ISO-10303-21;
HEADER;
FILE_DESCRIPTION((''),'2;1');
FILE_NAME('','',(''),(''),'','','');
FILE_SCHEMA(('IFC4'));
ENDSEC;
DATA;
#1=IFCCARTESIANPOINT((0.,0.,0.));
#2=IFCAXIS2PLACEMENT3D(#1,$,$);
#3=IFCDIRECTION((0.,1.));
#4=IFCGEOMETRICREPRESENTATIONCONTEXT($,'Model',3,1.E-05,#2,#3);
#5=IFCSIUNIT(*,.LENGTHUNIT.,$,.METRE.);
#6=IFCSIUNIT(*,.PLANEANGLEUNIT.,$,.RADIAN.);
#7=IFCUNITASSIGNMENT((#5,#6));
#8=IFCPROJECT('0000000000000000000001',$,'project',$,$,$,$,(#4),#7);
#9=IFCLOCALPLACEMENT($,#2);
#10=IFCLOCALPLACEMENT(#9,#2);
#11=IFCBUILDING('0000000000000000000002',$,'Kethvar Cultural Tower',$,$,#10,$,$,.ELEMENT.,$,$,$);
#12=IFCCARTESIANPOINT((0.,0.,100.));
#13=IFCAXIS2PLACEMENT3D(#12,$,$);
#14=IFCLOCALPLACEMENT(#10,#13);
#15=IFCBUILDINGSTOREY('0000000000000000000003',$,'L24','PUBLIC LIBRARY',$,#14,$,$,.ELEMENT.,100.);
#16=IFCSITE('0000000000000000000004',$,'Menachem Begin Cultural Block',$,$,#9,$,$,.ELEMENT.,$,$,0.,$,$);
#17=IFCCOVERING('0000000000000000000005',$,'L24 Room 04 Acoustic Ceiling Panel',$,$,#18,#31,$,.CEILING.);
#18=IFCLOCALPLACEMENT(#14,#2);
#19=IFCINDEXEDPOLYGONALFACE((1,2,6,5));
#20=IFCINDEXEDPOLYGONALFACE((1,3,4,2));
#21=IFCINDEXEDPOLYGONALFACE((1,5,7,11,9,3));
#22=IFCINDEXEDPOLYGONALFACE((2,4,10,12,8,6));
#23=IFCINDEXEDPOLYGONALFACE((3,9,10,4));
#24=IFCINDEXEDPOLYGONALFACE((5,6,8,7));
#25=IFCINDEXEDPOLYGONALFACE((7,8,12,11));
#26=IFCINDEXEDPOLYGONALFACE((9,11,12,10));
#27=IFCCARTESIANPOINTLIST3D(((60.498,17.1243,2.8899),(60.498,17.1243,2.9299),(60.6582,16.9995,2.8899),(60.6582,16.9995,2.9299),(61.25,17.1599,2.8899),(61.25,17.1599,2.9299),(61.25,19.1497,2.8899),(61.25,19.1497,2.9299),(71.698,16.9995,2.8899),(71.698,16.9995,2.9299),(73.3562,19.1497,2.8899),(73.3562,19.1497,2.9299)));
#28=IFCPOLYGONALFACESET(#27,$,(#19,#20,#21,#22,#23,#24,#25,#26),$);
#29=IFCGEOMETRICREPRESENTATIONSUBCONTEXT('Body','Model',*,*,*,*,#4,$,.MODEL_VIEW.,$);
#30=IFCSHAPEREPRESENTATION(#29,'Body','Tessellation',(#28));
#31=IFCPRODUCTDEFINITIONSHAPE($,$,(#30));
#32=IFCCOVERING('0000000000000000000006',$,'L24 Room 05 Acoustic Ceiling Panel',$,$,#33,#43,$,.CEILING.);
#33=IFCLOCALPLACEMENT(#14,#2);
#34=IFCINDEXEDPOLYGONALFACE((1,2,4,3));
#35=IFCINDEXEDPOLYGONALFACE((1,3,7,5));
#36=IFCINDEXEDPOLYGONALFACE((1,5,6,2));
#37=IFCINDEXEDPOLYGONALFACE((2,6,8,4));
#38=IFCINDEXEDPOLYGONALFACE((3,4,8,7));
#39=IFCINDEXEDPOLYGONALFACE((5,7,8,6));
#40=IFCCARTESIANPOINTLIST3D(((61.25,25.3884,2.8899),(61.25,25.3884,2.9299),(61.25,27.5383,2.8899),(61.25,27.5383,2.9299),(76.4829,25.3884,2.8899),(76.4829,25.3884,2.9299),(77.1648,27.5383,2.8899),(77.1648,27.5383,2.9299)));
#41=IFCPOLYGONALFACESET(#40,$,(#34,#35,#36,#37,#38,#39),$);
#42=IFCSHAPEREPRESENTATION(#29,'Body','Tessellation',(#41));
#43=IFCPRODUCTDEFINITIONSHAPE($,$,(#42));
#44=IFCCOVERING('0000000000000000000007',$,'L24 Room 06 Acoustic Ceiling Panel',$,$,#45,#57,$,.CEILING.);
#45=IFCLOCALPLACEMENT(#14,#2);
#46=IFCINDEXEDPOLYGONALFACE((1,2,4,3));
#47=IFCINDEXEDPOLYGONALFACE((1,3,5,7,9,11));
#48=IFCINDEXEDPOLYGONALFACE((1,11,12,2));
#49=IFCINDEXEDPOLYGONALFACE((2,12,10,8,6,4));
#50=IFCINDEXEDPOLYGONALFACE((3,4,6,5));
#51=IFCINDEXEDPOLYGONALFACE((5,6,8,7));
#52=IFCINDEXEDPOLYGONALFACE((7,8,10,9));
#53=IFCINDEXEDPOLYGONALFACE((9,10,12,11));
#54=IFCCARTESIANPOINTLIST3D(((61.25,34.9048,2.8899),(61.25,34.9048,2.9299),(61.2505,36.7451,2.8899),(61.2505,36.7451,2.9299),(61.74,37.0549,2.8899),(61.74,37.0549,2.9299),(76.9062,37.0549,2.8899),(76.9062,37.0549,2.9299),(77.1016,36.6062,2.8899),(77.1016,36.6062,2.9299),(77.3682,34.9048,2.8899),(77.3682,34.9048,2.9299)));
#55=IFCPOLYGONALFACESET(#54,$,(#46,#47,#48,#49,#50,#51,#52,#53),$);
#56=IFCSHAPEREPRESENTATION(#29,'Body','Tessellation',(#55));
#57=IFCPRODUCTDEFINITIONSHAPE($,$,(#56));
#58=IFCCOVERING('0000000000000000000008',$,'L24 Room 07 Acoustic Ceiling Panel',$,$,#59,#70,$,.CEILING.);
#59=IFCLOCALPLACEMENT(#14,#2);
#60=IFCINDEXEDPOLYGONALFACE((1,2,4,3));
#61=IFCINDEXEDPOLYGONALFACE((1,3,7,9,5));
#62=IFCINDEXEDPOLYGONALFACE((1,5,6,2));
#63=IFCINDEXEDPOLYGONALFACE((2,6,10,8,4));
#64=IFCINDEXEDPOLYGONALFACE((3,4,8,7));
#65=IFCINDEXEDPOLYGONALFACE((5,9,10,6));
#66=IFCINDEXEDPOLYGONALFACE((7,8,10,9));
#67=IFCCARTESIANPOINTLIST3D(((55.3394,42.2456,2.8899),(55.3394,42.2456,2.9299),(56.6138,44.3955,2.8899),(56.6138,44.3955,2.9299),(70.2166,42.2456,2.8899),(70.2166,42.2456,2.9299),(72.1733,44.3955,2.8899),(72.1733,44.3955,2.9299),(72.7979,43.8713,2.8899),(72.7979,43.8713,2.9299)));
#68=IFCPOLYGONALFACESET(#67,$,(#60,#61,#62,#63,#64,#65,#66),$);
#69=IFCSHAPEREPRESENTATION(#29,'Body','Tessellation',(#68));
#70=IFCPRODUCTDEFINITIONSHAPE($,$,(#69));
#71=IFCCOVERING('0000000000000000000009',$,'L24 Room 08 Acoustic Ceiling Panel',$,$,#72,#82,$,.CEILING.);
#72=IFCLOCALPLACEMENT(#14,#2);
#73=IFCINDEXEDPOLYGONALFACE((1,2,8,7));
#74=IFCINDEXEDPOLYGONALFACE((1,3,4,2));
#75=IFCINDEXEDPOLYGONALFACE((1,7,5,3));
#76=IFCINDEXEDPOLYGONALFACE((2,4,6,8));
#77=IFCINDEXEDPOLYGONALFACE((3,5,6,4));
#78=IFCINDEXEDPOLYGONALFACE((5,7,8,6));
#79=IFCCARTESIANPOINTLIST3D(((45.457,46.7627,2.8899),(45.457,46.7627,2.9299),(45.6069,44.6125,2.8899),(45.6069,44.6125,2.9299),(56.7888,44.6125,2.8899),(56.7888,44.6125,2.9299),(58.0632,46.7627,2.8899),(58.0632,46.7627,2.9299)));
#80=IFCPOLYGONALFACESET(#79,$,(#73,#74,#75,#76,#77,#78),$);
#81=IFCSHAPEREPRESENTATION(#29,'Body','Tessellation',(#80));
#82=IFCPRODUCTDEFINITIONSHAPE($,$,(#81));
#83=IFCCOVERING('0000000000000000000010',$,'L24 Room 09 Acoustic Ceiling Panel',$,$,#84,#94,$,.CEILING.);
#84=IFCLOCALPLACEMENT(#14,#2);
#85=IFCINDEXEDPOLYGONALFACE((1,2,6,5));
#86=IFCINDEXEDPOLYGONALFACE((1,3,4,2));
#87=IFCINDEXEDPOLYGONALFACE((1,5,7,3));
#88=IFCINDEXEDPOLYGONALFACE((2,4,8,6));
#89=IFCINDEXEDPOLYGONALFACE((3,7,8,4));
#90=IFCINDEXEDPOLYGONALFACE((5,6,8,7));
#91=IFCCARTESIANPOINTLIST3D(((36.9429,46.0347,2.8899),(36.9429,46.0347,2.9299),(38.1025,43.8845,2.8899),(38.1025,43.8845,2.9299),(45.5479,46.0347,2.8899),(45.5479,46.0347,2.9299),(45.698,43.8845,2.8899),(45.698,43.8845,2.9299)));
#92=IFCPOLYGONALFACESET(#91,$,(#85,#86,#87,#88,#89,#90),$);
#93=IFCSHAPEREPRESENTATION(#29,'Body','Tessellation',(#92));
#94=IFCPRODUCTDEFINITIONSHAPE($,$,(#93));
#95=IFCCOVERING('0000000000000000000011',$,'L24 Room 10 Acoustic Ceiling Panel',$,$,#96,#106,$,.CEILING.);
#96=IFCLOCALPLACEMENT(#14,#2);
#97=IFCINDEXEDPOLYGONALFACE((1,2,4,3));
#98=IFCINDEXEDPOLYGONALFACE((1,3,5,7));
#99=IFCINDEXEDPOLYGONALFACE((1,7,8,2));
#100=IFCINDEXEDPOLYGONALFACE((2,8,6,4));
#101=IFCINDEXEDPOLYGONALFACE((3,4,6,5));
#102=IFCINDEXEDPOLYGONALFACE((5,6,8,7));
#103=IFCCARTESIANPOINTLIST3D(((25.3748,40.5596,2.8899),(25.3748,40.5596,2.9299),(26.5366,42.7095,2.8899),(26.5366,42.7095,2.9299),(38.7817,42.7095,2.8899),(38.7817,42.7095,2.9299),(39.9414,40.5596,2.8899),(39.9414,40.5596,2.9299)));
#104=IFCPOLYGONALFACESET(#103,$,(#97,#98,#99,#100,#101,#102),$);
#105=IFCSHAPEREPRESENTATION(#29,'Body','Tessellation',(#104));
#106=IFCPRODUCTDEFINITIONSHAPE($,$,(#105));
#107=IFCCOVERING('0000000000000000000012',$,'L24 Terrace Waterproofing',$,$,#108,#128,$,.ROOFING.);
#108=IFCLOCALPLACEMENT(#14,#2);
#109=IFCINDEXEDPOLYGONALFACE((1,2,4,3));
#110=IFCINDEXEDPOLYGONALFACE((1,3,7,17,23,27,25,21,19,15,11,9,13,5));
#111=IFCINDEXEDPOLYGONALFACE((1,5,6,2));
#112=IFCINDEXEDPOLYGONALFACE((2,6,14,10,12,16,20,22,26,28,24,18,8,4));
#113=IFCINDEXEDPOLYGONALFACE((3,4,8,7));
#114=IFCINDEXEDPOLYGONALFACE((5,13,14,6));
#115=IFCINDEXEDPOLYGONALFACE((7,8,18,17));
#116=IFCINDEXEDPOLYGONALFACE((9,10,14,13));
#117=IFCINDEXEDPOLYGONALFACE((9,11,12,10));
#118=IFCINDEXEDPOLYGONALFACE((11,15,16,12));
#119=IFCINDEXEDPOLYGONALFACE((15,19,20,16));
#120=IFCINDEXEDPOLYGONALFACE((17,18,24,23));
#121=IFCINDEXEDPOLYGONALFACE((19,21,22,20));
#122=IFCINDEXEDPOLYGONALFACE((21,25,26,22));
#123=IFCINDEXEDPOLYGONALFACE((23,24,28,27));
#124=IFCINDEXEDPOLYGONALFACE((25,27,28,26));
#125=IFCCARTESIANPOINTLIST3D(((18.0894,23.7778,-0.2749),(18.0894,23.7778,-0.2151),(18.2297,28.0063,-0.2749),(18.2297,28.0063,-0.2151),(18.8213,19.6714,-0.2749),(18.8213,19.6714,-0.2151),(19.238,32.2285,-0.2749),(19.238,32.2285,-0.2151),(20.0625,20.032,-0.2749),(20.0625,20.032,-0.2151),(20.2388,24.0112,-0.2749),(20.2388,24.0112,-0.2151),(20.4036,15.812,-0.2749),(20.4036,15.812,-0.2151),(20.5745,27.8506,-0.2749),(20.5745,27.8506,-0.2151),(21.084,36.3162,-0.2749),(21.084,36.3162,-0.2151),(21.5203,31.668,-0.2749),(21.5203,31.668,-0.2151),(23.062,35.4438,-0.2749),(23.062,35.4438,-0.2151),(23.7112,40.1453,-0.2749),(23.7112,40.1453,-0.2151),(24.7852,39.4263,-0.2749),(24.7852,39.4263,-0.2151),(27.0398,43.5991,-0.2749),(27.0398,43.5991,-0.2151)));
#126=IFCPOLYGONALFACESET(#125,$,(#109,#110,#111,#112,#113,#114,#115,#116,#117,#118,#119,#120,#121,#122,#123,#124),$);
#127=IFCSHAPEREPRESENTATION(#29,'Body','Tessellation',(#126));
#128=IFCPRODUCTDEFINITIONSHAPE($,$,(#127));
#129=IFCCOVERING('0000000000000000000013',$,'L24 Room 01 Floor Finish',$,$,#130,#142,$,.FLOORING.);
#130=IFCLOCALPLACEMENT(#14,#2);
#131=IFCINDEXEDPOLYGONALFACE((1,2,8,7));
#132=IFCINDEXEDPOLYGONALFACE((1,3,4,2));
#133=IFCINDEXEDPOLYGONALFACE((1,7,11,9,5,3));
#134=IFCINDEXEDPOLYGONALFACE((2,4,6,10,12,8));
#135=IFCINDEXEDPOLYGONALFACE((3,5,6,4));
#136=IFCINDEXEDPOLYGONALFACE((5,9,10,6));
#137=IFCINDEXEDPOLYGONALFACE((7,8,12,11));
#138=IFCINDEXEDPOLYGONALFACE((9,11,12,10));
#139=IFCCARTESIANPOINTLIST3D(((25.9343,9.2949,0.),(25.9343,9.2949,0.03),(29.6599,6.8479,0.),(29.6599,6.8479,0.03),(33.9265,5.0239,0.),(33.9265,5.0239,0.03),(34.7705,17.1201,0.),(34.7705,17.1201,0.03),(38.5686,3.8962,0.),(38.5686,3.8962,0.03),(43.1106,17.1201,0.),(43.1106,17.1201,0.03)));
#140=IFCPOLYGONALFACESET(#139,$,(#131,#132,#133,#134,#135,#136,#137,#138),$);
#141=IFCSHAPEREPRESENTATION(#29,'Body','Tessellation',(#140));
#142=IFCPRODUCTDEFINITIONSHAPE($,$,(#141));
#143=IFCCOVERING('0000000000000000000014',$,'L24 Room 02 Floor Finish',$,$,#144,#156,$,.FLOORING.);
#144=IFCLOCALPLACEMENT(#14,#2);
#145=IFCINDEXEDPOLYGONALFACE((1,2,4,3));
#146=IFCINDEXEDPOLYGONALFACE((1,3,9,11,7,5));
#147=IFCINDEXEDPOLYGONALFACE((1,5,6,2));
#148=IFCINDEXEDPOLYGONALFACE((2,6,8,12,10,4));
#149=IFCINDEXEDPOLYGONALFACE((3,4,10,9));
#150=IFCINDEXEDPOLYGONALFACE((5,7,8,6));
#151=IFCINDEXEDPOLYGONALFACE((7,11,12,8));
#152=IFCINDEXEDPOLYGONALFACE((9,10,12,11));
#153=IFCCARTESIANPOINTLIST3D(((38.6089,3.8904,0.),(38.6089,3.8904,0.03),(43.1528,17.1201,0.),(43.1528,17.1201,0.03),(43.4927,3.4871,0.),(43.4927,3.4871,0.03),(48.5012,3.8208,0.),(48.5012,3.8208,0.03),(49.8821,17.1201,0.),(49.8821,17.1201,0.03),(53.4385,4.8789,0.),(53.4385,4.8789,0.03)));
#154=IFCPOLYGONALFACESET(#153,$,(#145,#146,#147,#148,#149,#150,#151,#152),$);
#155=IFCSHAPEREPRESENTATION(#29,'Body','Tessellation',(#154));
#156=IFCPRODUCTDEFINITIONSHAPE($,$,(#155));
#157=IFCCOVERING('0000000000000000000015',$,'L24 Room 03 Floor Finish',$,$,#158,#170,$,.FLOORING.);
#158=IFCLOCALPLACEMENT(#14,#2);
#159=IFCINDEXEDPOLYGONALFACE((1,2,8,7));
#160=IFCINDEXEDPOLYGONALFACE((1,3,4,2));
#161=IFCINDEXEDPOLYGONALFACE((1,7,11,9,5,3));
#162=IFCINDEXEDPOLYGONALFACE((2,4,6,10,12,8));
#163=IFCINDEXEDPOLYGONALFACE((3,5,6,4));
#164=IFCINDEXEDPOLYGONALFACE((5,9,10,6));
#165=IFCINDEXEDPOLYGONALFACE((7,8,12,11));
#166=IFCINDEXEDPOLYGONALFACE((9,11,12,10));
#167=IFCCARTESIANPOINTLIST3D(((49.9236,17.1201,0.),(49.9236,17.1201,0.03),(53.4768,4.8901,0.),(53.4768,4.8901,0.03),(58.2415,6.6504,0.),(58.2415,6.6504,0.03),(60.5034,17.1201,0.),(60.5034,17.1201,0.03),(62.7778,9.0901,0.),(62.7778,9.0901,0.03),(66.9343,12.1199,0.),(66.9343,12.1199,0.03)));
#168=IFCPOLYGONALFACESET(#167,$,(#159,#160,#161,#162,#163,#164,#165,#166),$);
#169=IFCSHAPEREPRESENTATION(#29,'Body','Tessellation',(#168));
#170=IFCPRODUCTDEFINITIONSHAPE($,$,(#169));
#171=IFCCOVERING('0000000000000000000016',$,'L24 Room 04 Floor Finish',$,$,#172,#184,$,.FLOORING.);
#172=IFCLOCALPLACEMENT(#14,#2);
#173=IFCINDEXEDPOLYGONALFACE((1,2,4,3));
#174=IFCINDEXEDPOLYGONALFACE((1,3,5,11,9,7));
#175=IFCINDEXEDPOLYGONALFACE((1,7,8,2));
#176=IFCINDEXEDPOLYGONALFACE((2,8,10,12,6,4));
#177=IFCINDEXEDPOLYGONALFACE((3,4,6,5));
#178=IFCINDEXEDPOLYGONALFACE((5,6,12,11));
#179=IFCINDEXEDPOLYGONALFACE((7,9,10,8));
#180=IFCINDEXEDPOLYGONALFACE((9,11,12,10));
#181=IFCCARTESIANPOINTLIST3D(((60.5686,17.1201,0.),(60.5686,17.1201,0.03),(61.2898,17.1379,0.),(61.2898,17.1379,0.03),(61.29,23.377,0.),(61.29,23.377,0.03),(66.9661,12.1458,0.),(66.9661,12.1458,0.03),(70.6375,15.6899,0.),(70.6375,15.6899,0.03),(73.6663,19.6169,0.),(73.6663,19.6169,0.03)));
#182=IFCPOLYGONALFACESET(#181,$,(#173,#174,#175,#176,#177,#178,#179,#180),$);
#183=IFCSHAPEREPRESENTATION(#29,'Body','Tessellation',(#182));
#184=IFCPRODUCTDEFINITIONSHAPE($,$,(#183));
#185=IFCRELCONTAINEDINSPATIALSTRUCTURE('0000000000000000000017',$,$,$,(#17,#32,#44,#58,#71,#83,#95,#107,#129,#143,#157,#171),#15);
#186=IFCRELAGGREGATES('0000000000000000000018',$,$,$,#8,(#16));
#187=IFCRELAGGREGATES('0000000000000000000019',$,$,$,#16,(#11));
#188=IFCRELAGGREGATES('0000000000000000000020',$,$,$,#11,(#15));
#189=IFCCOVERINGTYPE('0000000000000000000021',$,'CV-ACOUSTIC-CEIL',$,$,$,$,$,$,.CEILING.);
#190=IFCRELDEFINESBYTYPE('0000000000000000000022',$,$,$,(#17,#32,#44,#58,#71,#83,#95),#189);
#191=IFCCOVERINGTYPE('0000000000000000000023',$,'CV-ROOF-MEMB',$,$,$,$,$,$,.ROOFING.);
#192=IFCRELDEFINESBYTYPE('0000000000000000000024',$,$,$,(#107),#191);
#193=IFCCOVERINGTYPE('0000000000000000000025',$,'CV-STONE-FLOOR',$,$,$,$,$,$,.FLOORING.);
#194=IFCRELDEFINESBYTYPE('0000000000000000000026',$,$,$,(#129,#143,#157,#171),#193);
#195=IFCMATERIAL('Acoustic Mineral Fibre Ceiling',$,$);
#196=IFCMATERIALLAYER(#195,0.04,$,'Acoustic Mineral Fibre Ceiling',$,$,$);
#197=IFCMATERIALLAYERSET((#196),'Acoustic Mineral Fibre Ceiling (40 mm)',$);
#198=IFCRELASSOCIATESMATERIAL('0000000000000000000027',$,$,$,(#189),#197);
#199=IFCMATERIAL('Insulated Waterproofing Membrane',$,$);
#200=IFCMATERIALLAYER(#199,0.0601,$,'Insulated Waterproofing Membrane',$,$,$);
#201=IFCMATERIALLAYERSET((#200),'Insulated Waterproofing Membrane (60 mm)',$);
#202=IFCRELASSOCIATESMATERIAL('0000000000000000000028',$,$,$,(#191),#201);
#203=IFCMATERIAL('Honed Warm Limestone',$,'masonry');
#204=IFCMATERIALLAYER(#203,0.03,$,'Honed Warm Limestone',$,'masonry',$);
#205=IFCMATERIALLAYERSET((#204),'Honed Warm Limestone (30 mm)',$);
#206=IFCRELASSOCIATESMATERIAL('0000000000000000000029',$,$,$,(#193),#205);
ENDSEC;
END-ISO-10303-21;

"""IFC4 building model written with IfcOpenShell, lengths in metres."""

from ifc_helpers import new_model, si_unit, direction, frame, origin, place, context, subcontext, project, spatial, polyline, outline, extrude, material, layer, layer_set, type_object, element, save


model = new_model("IFC4")

# Units and contexts
model_context = context("Model", 3, precision=1e-05, world=origin(), true_north=direction((0.0, 1.0)))
body_context = subcontext(model_context, "Body", "Model", "MODEL_VIEW")
ifc_project = project(units=[si_unit("LENGTHUNIT", "METRE"), si_unit("PLANEANGLEUNIT", "RADIAN")], contexts=[model_context])

# Site, building, storey
site_placement = place(None, origin())
site = spatial("IfcSite", under=ifc_project, at=site_placement, Name="Menachem Begin Cultural Block", CompositionType="ELEMENT", RefElevation=0.0)
building_placement = place(site_placement, origin())
building = spatial("IfcBuilding", under=site, at=building_placement, Name="Kethvar Cultural Tower", CompositionType="ELEMENT")
storey_placement = place(building_placement, frame((0.0, 0.0, 100.0)))
storey = spatial("IfcBuildingStorey", under=building, at=storey_placement, Name="L24", Description="PUBLIC LIBRARY", CompositionType="ELEMENT", Elevation=100.0)

# Coverings
ifc_material_1 = material(Name="Acoustic Mineral Fibre Ceiling")
ifc_layer_1 = layer(ifc_material_1, 0.04, Name="Acoustic Mineral Fibre Ceiling")
ifc_layer_set_1 = layer_set([ifc_layer_1], Name="Acoustic Mineral Fibre Ceiling (40 mm)")
covering_type_1 = type_object("IfcCoveringType", Name="CV-ACOUSTIC-CEIL", PredefinedType="CEILING", material=ifc_layer_set_1)
covering_1_placement = place(storey_placement, frame((0.0, 0.0, 2.8899)))
element("IfcCovering", 1, at=covering_1_placement, inside=storey, type_object=covering_type_1, Name="L24 Room 04 Acoustic Ceiling Panel", PredefinedType="CEILING", context=body_context, shape_type="SweptSolid", body=[
    extrude(outline(polyline([(60.498, 17.1243), (61.25, 17.1599), (61.25, 19.1497), (73.3562, 19.1497), (71.698, 16.9995), (60.6582, 16.9995), (60.498, 17.1243)])), origin(), (0.0, 0.0, 1.0), 0.04),
])
covering_2_placement = place(storey_placement, frame((0.0, 0.0, 2.8899)))
element("IfcCovering", 2, at=covering_2_placement, inside=storey, type_object=covering_type_1, Name="L24 Room 05 Acoustic Ceiling Panel", PredefinedType="CEILING", context=body_context, shape_type="SweptSolid", body=[
    extrude(outline(polyline([(76.4829, 25.3884), (61.25, 25.3884), (61.25, 27.5383), (77.1648, 27.5383), (76.4829, 25.3884)])), origin(), (0.0, 0.0, 1.0), 0.04),
])
covering_3_placement = place(storey_placement, frame((0.0, 0.0, 2.8899)))
element("IfcCovering", 3, at=covering_3_placement, inside=storey, type_object=covering_type_1, Name="L24 Room 06 Acoustic Ceiling Panel", PredefinedType="CEILING", context=body_context, shape_type="SweptSolid", body=[
    extrude(outline(polyline([(77.1016, 36.6062), (77.3682, 34.9048), (61.25, 34.9048), (61.2505, 36.7451), (61.74, 37.0549), (76.9062, 37.0549), (77.1016, 36.6062)])), origin(), (0.0, 0.0, 1.0), 0.04),
])
covering_4_placement = place(storey_placement, frame((0.0, 0.0, 2.8899)))
element("IfcCovering", 4, at=covering_4_placement, inside=storey, type_object=covering_type_1, Name="L24 Room 07 Acoustic Ceiling Panel", PredefinedType="CEILING", context=body_context, shape_type="SweptSolid", body=[
    extrude(outline(polyline([(72.7979, 43.8713), (70.2166, 42.2456), (55.3394, 42.2456), (56.6138, 44.3955), (72.1733, 44.3955), (72.7979, 43.8713)])), origin(), (0.0, 0.0, 1.0), 0.04),
])
covering_5_placement = place(storey_placement, frame((0.0, 0.0, 2.8899)))
element("IfcCovering", 5, at=covering_5_placement, inside=storey, type_object=covering_type_1, Name="L24 Room 08 Acoustic Ceiling Panel", PredefinedType="CEILING", context=body_context, shape_type="SweptSolid", body=[
    extrude(outline(polyline([(56.7888, 44.6125), (45.6069, 44.6125), (45.457, 46.7627), (58.0632, 46.7627), (56.7888, 44.6125)])), origin(), (0.0, 0.0, 1.0), 0.04),
])
covering_6_placement = place(storey_placement, frame((0.0, 0.0, 2.8899)))
element("IfcCovering", 6, at=covering_6_placement, inside=storey, type_object=covering_type_1, Name="L24 Room 09 Acoustic Ceiling Panel", PredefinedType="CEILING", context=body_context, shape_type="SweptSolid", body=[
    extrude(outline(polyline([(45.698, 43.8845), (38.1025, 43.8845), (36.9429, 46.0347), (45.5479, 46.0347), (45.698, 43.8845)])), origin(), (0.0, 0.0, 1.0), 0.04),
])
covering_7_placement = place(storey_placement, frame((0.0, 0.0, 2.8899)))
element("IfcCovering", 7, at=covering_7_placement, inside=storey, type_object=covering_type_1, Name="L24 Room 10 Acoustic Ceiling Panel", PredefinedType="CEILING", context=body_context, shape_type="SweptSolid", body=[
    extrude(outline(polyline([(39.9414, 40.5596), (25.3748, 40.5596), (26.5366, 42.7095), (38.7817, 42.7095), (39.9414, 40.5596)])), origin(), (0.0, 0.0, 1.0), 0.04),
])
ifc_material_2 = material(Name="Insulated Waterproofing Membrane")
ifc_layer_2 = layer(ifc_material_2, 0.0601, Name="Insulated Waterproofing Membrane")
ifc_layer_set_2 = layer_set([ifc_layer_2], Name="Insulated Waterproofing Membrane (60 mm)")
covering_type_2 = type_object("IfcCoveringType", Name="CV-ROOF-MEMB", PredefinedType="ROOFING", material=ifc_layer_set_2)
covering_8_placement = place(storey_placement, frame((0.0, 0.0, -0.2749)))
element("IfcCovering", 8, at=covering_8_placement, inside=storey, type_object=covering_type_2, Name="L24 Terrace Waterproofing", PredefinedType="ROOFING", context=body_context, shape_type="SweptSolid", body=[
    extrude(outline(polyline([(27.0398, 43.5991), (23.7112, 40.1453), (21.084, 36.3162), (19.238, 32.2285), (18.2297, 28.0063), (18.0894, 23.7778), (18.8213, 19.6714), (20.4036, 15.812), (20.0625, 20.032), (20.2388, 24.0112), (20.5745, 27.8506), (21.5203, 31.668), (23.062, 35.4438), (24.7852, 39.4263), (27.0398, 43.5991)])), origin(), (0.0, 0.0, 1.0), 0.0598),
])
ifc_material_3 = material(Name="Honed Warm Limestone", Category="masonry")
ifc_layer_3 = layer(ifc_material_3, 0.03, Name="Honed Warm Limestone", Category="masonry")
ifc_layer_set_3 = layer_set([ifc_layer_3], Name="Honed Warm Limestone (30 mm)")
covering_type_3 = type_object("IfcCoveringType", Name="CV-STONE-FLOOR", PredefinedType="FLOORING", material=ifc_layer_set_3)
covering_9_placement = place(storey_placement, origin())
element("IfcCovering", 9, at=covering_9_placement, inside=storey, type_object=covering_type_3, Name="L24 Room 01 Floor Finish", PredefinedType="FLOORING", context=body_context, shape_type="SweptSolid", body=[
    extrude(outline(polyline([(33.9265, 5.0239), (29.6599, 6.8479), (25.9343, 9.2949), (34.7705, 17.1201), (43.1106, 17.1201), (38.5686, 3.8962), (33.9265, 5.0239)])), origin(), (0.0, 0.0, 1.0), 0.03),
])
covering_10_placement = place(storey_placement, origin())
element("IfcCovering", 10, at=covering_10_placement, inside=storey, type_object=covering_type_3, Name="L24 Room 02 Floor Finish", PredefinedType="FLOORING", context=body_context, shape_type="SweptSolid", body=[
    extrude(outline(polyline([(48.5012, 3.8208), (43.4927, 3.4871), (38.6089, 3.8904), (43.1528, 17.1201), (49.8821, 17.1201), (53.4385, 4.8789), (48.5012, 3.8208)])), origin(), (0.0, 0.0, 1.0), 0.03),
])
covering_11_placement = place(storey_placement, origin())
element("IfcCovering", 11, at=covering_11_placement, inside=storey, type_object=covering_type_3, Name="L24 Room 03 Floor Finish", PredefinedType="FLOORING", context=body_context, shape_type="SweptSolid", body=[
    extrude(outline(polyline([(62.7778, 9.0901), (58.2415, 6.6504), (53.4768, 4.8901), (49.9236, 17.1201), (60.5034, 17.1201), (66.9343, 12.1199), (62.7778, 9.0901)])), origin(), (0.0, 0.0, 1.0), 0.03),
])
covering_12_placement = place(storey_placement, origin())
element("IfcCovering", 12, at=covering_12_placement, inside=storey, type_object=covering_type_3, Name="L24 Room 04 Floor Finish", PredefinedType="FLOORING", context=body_context, shape_type="SweptSolid", body=[
    extrude(outline(polyline([(70.6375, 15.6899), (66.9661, 12.1458), (60.5686, 17.1201), (61.2898, 17.1379), (61.29, 23.377), (73.6663, 19.6169), (70.6375, 15.6899)])), origin(), (0.0, 0.0, 1.0), 0.03),
])

save(model, "model.ifc")
